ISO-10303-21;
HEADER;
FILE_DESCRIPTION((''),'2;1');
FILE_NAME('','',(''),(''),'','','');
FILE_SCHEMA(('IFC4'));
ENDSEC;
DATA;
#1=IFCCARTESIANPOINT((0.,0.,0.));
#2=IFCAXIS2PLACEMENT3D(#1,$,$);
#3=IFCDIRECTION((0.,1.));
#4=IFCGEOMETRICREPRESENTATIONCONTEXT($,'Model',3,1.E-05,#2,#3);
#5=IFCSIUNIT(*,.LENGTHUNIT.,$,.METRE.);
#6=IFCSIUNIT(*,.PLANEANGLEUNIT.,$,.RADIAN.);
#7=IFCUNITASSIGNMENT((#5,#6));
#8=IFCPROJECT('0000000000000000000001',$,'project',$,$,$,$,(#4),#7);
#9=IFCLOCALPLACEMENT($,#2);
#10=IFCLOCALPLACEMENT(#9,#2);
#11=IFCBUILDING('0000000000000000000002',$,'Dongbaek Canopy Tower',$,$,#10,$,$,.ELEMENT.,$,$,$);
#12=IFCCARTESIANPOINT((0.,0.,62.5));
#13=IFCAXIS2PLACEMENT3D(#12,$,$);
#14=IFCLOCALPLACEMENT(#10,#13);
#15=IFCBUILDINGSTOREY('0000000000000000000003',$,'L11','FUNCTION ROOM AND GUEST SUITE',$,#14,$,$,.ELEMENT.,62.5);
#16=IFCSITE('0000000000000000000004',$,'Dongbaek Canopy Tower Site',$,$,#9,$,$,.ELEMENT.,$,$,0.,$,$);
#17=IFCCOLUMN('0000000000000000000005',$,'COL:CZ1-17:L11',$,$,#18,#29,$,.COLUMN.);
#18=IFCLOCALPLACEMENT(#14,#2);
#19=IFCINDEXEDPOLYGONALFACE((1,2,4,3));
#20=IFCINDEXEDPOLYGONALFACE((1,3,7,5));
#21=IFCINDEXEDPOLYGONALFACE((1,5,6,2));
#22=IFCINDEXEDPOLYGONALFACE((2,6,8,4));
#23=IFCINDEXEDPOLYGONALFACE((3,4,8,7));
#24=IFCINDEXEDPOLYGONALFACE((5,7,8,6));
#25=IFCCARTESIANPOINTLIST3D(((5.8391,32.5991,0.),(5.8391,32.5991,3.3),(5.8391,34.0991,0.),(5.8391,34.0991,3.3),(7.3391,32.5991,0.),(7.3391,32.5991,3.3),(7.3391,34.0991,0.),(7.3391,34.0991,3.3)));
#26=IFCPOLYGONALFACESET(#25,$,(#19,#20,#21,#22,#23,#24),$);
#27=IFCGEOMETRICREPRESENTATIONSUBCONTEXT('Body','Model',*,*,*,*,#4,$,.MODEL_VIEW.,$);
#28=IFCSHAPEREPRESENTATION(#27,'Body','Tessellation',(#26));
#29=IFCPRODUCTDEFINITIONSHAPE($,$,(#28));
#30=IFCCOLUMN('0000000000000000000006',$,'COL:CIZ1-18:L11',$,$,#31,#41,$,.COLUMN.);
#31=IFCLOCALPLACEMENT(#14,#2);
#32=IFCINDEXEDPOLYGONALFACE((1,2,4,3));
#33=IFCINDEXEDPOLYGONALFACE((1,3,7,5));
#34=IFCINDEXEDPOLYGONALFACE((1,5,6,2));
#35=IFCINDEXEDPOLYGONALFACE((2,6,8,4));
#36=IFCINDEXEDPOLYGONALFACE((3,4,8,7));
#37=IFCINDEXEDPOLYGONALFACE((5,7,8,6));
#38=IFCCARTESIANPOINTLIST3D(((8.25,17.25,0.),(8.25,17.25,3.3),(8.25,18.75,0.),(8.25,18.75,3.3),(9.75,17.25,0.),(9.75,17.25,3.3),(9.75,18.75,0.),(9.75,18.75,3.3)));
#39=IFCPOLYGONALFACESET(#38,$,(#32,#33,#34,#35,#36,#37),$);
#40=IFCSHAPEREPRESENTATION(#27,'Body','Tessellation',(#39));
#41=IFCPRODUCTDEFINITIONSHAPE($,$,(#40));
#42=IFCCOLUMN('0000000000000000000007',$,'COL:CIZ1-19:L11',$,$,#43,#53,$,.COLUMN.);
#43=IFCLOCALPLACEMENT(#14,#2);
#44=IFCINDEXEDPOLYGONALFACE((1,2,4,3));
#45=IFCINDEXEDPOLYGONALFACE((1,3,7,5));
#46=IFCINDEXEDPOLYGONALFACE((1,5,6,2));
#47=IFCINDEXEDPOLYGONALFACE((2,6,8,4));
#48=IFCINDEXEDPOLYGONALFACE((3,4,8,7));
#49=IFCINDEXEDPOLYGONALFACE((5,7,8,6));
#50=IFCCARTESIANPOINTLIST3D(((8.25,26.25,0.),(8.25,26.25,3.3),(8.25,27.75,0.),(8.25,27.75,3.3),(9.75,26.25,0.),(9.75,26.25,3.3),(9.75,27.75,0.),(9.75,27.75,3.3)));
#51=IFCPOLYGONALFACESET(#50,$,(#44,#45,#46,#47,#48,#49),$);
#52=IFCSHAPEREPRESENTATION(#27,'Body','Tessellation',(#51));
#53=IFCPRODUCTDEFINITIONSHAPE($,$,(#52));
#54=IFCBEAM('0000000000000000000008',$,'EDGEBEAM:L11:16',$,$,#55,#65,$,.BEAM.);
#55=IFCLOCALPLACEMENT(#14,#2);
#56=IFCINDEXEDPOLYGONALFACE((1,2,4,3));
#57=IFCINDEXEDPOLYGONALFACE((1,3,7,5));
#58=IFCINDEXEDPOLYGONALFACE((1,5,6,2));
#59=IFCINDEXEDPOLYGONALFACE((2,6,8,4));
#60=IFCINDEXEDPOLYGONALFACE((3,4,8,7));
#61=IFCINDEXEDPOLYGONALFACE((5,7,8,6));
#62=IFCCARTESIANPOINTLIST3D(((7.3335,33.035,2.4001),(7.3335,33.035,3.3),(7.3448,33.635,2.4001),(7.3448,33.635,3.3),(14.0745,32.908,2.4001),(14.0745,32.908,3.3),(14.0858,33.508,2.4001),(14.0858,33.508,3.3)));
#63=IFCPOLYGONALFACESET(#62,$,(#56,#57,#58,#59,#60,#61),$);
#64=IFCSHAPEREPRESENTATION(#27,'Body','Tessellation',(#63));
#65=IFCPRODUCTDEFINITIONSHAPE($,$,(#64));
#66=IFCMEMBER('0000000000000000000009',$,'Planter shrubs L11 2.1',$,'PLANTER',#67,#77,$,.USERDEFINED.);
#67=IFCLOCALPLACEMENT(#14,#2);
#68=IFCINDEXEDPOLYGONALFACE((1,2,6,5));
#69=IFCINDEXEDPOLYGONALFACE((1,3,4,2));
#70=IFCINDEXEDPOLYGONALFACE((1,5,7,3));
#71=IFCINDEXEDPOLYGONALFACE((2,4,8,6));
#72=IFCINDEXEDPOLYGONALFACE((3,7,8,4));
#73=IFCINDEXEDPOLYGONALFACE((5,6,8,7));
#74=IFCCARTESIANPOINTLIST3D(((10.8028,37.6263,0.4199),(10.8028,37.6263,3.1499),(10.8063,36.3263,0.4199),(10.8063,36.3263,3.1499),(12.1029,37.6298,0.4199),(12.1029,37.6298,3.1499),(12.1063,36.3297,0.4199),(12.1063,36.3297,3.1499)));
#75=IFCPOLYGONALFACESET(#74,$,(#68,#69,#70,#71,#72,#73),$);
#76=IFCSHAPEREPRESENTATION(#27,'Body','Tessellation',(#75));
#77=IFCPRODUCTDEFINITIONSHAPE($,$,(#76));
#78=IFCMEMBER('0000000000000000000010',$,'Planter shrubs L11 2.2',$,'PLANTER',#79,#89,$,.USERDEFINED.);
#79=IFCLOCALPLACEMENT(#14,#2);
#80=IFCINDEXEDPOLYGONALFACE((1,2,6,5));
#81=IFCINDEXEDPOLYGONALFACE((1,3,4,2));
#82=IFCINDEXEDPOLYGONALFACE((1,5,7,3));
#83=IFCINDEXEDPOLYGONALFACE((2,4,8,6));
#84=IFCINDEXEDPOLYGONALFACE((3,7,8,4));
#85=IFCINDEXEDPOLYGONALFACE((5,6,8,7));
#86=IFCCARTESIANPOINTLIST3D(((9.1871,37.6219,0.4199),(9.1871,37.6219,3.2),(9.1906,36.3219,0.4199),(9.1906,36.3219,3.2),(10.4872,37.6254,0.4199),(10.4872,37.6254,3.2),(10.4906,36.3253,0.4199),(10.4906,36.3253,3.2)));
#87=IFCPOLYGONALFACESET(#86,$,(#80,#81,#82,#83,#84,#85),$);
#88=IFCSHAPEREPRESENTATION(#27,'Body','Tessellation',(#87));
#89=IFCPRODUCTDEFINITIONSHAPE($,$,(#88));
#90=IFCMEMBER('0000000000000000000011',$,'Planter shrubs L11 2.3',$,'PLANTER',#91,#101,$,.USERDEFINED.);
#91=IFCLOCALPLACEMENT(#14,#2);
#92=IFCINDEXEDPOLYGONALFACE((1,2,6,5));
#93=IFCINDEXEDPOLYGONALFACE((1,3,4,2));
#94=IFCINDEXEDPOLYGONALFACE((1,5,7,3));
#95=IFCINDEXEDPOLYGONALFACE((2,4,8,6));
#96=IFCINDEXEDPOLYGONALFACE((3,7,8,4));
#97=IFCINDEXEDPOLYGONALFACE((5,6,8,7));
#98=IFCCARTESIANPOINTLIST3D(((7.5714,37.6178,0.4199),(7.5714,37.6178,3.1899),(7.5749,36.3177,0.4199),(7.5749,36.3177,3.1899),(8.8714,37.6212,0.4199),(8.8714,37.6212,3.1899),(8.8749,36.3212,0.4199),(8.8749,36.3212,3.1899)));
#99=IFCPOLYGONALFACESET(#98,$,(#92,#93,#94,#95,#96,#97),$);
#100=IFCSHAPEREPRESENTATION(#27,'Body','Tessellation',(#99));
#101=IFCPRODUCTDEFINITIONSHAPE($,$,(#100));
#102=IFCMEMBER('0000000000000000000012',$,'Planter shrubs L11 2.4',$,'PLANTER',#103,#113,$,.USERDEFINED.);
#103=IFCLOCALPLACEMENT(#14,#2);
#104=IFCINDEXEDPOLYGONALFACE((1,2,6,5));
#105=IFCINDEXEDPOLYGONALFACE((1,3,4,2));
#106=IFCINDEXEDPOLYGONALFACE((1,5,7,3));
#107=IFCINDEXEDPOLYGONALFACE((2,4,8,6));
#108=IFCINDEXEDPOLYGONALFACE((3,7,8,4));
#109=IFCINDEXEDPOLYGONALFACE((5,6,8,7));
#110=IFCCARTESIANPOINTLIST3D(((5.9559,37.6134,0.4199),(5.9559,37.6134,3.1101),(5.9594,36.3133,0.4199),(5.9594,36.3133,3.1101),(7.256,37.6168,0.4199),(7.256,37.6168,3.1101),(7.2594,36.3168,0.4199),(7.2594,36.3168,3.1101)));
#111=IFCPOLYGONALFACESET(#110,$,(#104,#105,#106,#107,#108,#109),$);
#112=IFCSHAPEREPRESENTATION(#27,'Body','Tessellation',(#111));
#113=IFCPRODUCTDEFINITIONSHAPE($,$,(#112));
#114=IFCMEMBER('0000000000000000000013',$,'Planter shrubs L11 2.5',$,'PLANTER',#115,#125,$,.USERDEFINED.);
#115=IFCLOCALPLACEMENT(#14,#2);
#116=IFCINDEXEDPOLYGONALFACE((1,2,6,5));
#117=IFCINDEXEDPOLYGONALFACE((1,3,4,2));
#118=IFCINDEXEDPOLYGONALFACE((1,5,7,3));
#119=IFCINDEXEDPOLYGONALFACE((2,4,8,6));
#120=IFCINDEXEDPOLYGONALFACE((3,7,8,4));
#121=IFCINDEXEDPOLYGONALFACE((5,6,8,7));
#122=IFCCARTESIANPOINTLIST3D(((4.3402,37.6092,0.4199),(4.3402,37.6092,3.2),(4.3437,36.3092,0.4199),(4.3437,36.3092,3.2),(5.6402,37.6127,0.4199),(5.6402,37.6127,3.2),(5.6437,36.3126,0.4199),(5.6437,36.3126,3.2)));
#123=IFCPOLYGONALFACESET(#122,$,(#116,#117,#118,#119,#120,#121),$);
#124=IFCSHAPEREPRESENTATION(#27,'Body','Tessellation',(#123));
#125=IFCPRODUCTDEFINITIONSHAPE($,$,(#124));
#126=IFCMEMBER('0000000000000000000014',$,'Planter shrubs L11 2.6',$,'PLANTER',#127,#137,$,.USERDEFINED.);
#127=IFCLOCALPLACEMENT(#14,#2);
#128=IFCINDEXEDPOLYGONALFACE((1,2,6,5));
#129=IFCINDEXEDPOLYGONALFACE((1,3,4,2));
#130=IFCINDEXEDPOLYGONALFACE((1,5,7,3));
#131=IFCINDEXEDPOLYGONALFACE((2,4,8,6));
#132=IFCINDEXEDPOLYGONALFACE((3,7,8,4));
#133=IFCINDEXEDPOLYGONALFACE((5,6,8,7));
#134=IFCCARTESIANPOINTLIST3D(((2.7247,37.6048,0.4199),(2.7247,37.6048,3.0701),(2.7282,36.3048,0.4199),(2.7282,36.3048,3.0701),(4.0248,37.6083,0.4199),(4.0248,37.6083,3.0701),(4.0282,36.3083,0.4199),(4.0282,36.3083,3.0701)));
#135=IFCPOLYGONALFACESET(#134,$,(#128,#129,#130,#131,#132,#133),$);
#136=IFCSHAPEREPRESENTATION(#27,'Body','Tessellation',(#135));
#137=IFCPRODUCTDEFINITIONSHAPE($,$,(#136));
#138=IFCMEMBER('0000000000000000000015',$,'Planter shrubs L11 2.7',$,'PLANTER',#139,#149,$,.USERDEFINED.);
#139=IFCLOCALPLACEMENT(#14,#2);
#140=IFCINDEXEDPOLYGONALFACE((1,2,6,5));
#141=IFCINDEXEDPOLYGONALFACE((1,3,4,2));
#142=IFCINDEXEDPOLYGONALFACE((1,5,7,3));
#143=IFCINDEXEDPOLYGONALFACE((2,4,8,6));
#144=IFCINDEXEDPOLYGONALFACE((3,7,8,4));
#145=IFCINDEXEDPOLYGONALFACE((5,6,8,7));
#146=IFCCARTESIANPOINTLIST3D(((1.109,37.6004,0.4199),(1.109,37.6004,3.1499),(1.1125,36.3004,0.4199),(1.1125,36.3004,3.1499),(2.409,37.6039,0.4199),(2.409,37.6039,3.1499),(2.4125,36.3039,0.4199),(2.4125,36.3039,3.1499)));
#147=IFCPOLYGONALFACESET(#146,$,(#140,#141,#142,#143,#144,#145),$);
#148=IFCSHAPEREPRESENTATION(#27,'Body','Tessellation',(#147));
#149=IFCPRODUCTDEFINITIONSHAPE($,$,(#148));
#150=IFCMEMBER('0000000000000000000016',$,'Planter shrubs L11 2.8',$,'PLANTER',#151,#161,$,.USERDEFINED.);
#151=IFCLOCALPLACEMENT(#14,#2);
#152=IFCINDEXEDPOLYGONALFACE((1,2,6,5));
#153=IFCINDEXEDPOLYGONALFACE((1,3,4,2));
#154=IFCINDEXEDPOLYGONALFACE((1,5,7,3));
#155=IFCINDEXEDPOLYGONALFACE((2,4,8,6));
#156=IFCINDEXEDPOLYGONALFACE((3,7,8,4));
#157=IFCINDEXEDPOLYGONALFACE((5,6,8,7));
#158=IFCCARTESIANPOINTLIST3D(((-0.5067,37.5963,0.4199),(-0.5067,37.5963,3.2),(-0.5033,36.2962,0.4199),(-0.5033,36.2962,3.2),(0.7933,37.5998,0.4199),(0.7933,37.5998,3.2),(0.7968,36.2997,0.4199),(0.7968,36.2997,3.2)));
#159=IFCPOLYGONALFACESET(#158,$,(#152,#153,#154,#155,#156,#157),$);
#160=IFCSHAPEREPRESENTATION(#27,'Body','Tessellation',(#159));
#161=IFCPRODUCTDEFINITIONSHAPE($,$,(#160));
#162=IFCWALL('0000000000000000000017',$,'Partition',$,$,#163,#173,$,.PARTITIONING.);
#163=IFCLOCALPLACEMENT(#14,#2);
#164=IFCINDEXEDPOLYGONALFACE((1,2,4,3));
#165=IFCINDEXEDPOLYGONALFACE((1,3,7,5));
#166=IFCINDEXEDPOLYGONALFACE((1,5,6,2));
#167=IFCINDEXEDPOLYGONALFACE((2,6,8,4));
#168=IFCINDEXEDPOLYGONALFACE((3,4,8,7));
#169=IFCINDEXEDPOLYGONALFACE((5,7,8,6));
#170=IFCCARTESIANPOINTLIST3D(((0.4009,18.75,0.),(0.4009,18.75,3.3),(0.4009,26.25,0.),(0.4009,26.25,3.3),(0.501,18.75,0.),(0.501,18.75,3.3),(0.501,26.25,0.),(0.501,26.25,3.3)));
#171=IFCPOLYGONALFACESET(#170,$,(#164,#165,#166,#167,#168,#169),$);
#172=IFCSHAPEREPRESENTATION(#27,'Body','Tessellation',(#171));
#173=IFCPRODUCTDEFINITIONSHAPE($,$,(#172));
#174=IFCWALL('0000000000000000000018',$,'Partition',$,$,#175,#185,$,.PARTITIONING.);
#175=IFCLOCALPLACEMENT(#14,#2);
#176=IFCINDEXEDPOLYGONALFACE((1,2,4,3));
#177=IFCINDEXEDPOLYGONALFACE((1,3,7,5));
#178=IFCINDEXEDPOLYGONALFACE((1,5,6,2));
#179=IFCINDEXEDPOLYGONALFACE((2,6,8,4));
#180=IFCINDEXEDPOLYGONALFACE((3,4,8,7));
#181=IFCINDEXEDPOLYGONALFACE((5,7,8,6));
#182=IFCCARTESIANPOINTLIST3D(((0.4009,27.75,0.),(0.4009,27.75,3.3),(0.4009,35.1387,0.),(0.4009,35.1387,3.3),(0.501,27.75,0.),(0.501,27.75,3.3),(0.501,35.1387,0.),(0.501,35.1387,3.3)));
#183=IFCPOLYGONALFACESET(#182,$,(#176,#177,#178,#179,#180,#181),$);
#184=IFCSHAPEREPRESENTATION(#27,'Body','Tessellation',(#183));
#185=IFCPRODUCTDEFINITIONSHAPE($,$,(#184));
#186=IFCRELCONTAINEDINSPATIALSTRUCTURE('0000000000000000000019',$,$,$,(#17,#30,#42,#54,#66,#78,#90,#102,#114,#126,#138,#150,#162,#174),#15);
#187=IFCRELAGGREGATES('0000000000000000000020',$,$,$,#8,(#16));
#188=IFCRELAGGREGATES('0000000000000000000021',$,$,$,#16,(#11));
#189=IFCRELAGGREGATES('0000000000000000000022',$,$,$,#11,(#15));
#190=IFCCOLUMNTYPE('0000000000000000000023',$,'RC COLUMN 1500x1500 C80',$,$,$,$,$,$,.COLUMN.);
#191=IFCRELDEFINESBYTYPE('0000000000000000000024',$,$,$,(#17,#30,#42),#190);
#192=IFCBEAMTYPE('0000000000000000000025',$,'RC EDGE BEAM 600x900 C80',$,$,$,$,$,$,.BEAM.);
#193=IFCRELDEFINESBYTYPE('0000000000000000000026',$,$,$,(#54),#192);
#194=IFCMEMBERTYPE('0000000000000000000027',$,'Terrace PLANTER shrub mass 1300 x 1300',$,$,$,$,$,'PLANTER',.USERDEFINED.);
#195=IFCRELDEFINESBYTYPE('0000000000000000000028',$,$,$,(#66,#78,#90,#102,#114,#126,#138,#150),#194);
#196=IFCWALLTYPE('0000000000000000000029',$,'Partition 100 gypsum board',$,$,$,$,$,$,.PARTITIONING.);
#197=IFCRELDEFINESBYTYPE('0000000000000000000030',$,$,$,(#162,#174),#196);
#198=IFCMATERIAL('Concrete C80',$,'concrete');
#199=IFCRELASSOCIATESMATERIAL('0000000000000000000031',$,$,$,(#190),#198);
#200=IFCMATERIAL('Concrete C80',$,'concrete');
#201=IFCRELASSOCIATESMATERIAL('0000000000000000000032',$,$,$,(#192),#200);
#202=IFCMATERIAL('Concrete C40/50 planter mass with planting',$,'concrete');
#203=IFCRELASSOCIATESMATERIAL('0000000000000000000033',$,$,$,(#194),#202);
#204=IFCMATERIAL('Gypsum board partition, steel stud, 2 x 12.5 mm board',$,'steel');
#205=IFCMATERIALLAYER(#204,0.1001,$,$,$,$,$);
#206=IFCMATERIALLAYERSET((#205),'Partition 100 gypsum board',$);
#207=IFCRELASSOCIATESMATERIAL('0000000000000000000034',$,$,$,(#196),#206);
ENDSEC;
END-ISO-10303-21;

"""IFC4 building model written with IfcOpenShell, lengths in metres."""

from ifc_helpers import new_model, si_unit, direction, frame, frame_2d, origin, origin_2d, place, context, subcontext, project, spatial, rectangle, extrude, material, layer, layer_set, material_profile, profile_set, type_object, element, save


model = new_model("IFC4")

# Units and contexts
model_context = context("Model", 3, precision=1e-05, world=origin(), true_north=direction((0.0, 1.0)))
body_context = subcontext(model_context, "Body", "Model", "MODEL_VIEW")
ifc_project = project(units=[si_unit("LENGTHUNIT", "METRE"), si_unit("PLANEANGLEUNIT", "RADIAN")], contexts=[model_context])

# Site, building, storey
site_placement = place(None, origin())
site = spatial("IfcSite", under=ifc_project, at=site_placement, Name="Dongbaek Canopy Tower Site", CompositionType="ELEMENT", RefElevation=0.0)
building_placement = place(site_placement, origin())
building = spatial("IfcBuilding", under=site, at=building_placement, Name="Dongbaek Canopy Tower", CompositionType="ELEMENT")
storey_placement = place(building_placement, frame((0.0, 0.0, 62.5)))
storey = spatial("IfcBuildingStorey", under=building, at=storey_placement, Name="L11", Description="FUNCTION ROOM AND GUEST SUITE", CompositionType="ELEMENT", Elevation=62.5)

# Columns
ifc_material_1 = material(Name="Concrete C80", Category="concrete")
ifc_material_profile_1 = material_profile(ifc_material_1, rectangle(XDim=1.5, YDim=1.5, at=origin_2d()), Name="RC COLUMN 1500x1500 C80")
ifc_profile_set_1 = profile_set([ifc_material_profile_1], Name="Concrete C80")
column_type = type_object("IfcColumnType", Name="RC COLUMN 1500x1500 C80", PredefinedType="COLUMN", material=ifc_profile_set_1)
for number, where, z_axis, x_axis, name in (
    (1, (6.5891, 33.3491, 0.0), (0.0, 0.0, 1.0), (1.0, 0.0, 0.0), "COL:CZ1-17:L11"),
    (2, (9.0, 18.0, 0.0), (0.0, 0.0, 1.0), (1.0, 0.0, 0.0), "COL:CIZ1-18:L11"),
    (3, (9.0, 27.0, 0.0), (0.0, 0.0, 1.0), (1.0, 0.0, 0.0), "COL:CIZ1-19:L11"),
):
    element("IfcColumn", number, at=place(storey_placement, frame(where, z_axis=z_axis, x_axis=x_axis)), inside=storey, type_object=column_type, Name=name, PredefinedType="COLUMN", context=body_context, shape_type="SweptSolid", body=[
        extrude(rectangle(XDim=1.5, YDim=1.5, at=origin_2d()), origin(), (0.0, 0.0, 1.0), 3.3),
    ])

# Beam
ifc_material_2 = material(Name="Concrete C80", Category="concrete")
ifc_material_profile_2 = material_profile(ifc_material_2, rectangle(XDim=0.6001, YDim=0.8999, at=origin_2d()), Name="RC EDGE BEAM 600x900 C80")
ifc_profile_set_2 = profile_set([ifc_material_profile_2], Name="Concrete C80")
beam_type = type_object("IfcBeamType", Name="RC EDGE BEAM 600x900 C80", PredefinedType="BEAM", material=ifc_profile_set_2)
beam_placement = place(storey_placement, frame((7.3391, 33.335, 2.8501), z_axis=(0.999823, -0.01883, 0.0), x_axis=(0.01883, 0.999823, 0.0)))
element("IfcBeam", 4, at=beam_placement, inside=storey, type_object=beam_type, Name="EDGEBEAM:L11:16", PredefinedType="BEAM", context=body_context, shape_type="SweptSolid", body=[
    extrude(rectangle(XDim=0.6001, YDim=0.8999, at=origin_2d()), origin(), (0.0, 0.0, 1.0), 6.7422),
])

# Members
ifc_material_3 = material(Name="Concrete C40/50 planter mass with planting", Category="concrete")
ifc_material_profile_3 = material_profile(ifc_material_3, rectangle(XDim=1.3, YDim=1.3, at=origin_2d()), Name="Terrace PLANTER shrub mass 1300 x 1300")
ifc_profile_set_3 = profile_set([ifc_material_profile_3], Name="Concrete C40/50 planter mass with planting")
member_type = type_object("IfcMemberType", Name="Terrace PLANTER shrub mass 1300 x 1300", ElementType="PLANTER", PredefinedType="USERDEFINED", material=ifc_profile_set_3)
member_1_placement = place(storey_placement, frame((11.4546, 36.978, 0.4199), z_axis=(0.0, 0.0, 1.0), x_axis=(-0.002666, 0.999996, 0.0)))
element("IfcMember", 5, at=member_1_placement, inside=storey, type_object=member_type, Name="Planter shrubs L11 2.1", ObjectType="PLANTER", PredefinedType="USERDEFINED", context=body_context, shape_type="SweptSolid", body=[
    extrude(rectangle(XDim=1.3, YDim=1.3, at=origin_2d()), origin(), (0.0, 0.0, 1.0), 2.73),
])
member_2_placement = place(storey_placement, frame((9.8389, 36.9736, 0.4199), z_axis=(0.0, 0.0, 1.0), x_axis=(-0.002666, 0.999996, 0.0)))
element("IfcMember", 6, at=member_2_placement, inside=storey, type_object=member_type, Name="Planter shrubs L11 2.2", ObjectType="PLANTER", PredefinedType="USERDEFINED", context=body_context, shape_type="SweptSolid", body=[
    extrude(rectangle(XDim=1.3, YDim=1.3, at=origin_2d()), origin(), (0.0, 0.0, 1.0), 2.78),
])
member_3_placement = place(storey_placement, frame((8.2231, 36.9695, 0.4199), z_axis=(0.0, 0.0, 1.0), x_axis=(-0.002666, 0.999996, 0.0)))
element("IfcMember", 7, at=member_3_placement, inside=storey, type_object=member_type, Name="Planter shrubs L11 2.3", ObjectType="PLANTER", PredefinedType="USERDEFINED", context=body_context, shape_type="SweptSolid", body=[
    extrude(rectangle(XDim=1.3, YDim=1.3, at=origin_2d()), origin(), (0.0, 0.0, 1.0), 2.77),
])
member_4_placement = place(storey_placement, frame((6.6077, 36.9651, 0.4199), z_axis=(0.0, 0.0, 1.0), x_axis=(-0.002666, 0.999996, 0.0)))
element("IfcMember", 8, at=member_4_placement, inside=storey, type_object=member_type, Name="Planter shrubs L11 2.4", ObjectType="PLANTER", PredefinedType="USERDEFINED", context=body_context, shape_type="SweptSolid", body=[
    extrude(rectangle(XDim=1.3, YDim=1.3, at=origin_2d()), origin(), (0.0, 0.0, 1.0), 2.6902),
])
member_5_placement = place(storey_placement, frame((4.9919, 36.9609, 0.4199), z_axis=(0.0, 0.0, 1.0), x_axis=(-0.002666, 0.999996, 0.0)))
element("IfcMember", 9, at=member_5_placement, inside=storey, type_object=member_type, Name="Planter shrubs L11 2.5", ObjectType="PLANTER", PredefinedType="USERDEFINED", context=body_context, shape_type="SweptSolid", body=[
    extrude(rectangle(XDim=1.3, YDim=1.3, at=origin_2d()), origin(), (0.0, 0.0, 1.0), 2.78),
])
member_6_placement = place(storey_placement, frame((3.3765, 36.9565, 0.4199), z_axis=(0.0, 0.0, 1.0), x_axis=(-0.002666, 0.999996, 0.0)))
element("IfcMember", 10, at=member_6_placement, inside=storey, type_object=member_type, Name="Planter shrubs L11 2.6", ObjectType="PLANTER", PredefinedType="USERDEFINED", context=body_context, shape_type="SweptSolid", body=[
    extrude(rectangle(XDim=1.3, YDim=1.3, at=origin_2d()), origin(), (0.0, 0.0, 1.0), 2.6501),
])
member_7_placement = place(storey_placement, frame((1.7607, 36.9521, 0.4199), z_axis=(0.0, 0.0, 1.0), x_axis=(-0.002666, 0.999996, 0.0)))
element("IfcMember", 11, at=member_7_placement, inside=storey, type_object=member_type, Name="Planter shrubs L11 2.7", ObjectType="PLANTER", PredefinedType="USERDEFINED", context=body_context, shape_type="SweptSolid", body=[
    extrude(rectangle(XDim=1.3, YDim=1.3, at=origin_2d()), origin(), (0.0, 0.0, 1.0), 2.73),
])
member_8_placement = place(storey_placement, frame((0.145, 36.948, 0.4199), z_axis=(0.0, 0.0, 1.0), x_axis=(-0.002666, 0.999996, 0.0)))
element("IfcMember", 12, at=member_8_placement, inside=storey, type_object=member_type, Name="Planter shrubs L11 2.8", ObjectType="PLANTER", PredefinedType="USERDEFINED", context=body_context, shape_type="SweptSolid", body=[
    extrude(rectangle(XDim=1.3, YDim=1.3, at=origin_2d()), origin(), (0.0, 0.0, 1.0), 2.78),
])

# Walls
ifc_material_4 = material(Name="Gypsum board partition, steel stud, 2 x 12.5 mm board", Category="steel")
ifc_layer = layer(ifc_material_4, 0.1001)
ifc_layer_set = layer_set([ifc_layer], Name="Partition 100 gypsum board")
wall_type = type_object("IfcWallType", Name="Partition 100 gypsum board", PredefinedType="PARTITIONING", material=ifc_layer_set)
wall_1_placement = place(storey_placement, frame((0.4509, 18.75, 0.0), z_axis=(0.0, 0.0, 1.0), x_axis=(0.0, 1.0, 0.0)))
element("IfcWall", 13, at=wall_1_placement, inside=storey, type_object=wall_type, Name="Partition", PredefinedType="PARTITIONING", context=body_context, shape_type="SweptSolid", body=[
    extrude(rectangle(XDim=7.5, YDim=0.1001, at=frame_2d((3.75, 0.0))), origin(), (0.0, 0.0, 1.0), 3.3),
])
wall_2_placement = place(storey_placement, frame((0.4509, 27.75, 0.0), z_axis=(0.0, 0.0, 1.0), x_axis=(0.0, 1.0, 0.0)))
element("IfcWall", 14, at=wall_2_placement, inside=storey, type_object=wall_type, Name="Partition", PredefinedType="PARTITIONING", context=body_context, shape_type="SweptSolid", body=[
    extrude(rectangle(XDim=7.3887, YDim=0.1001, at=frame_2d((3.6943, 0.0))), origin(), (0.0, 0.0, 1.0), 3.3),
])

save(model, "model.ifc")
